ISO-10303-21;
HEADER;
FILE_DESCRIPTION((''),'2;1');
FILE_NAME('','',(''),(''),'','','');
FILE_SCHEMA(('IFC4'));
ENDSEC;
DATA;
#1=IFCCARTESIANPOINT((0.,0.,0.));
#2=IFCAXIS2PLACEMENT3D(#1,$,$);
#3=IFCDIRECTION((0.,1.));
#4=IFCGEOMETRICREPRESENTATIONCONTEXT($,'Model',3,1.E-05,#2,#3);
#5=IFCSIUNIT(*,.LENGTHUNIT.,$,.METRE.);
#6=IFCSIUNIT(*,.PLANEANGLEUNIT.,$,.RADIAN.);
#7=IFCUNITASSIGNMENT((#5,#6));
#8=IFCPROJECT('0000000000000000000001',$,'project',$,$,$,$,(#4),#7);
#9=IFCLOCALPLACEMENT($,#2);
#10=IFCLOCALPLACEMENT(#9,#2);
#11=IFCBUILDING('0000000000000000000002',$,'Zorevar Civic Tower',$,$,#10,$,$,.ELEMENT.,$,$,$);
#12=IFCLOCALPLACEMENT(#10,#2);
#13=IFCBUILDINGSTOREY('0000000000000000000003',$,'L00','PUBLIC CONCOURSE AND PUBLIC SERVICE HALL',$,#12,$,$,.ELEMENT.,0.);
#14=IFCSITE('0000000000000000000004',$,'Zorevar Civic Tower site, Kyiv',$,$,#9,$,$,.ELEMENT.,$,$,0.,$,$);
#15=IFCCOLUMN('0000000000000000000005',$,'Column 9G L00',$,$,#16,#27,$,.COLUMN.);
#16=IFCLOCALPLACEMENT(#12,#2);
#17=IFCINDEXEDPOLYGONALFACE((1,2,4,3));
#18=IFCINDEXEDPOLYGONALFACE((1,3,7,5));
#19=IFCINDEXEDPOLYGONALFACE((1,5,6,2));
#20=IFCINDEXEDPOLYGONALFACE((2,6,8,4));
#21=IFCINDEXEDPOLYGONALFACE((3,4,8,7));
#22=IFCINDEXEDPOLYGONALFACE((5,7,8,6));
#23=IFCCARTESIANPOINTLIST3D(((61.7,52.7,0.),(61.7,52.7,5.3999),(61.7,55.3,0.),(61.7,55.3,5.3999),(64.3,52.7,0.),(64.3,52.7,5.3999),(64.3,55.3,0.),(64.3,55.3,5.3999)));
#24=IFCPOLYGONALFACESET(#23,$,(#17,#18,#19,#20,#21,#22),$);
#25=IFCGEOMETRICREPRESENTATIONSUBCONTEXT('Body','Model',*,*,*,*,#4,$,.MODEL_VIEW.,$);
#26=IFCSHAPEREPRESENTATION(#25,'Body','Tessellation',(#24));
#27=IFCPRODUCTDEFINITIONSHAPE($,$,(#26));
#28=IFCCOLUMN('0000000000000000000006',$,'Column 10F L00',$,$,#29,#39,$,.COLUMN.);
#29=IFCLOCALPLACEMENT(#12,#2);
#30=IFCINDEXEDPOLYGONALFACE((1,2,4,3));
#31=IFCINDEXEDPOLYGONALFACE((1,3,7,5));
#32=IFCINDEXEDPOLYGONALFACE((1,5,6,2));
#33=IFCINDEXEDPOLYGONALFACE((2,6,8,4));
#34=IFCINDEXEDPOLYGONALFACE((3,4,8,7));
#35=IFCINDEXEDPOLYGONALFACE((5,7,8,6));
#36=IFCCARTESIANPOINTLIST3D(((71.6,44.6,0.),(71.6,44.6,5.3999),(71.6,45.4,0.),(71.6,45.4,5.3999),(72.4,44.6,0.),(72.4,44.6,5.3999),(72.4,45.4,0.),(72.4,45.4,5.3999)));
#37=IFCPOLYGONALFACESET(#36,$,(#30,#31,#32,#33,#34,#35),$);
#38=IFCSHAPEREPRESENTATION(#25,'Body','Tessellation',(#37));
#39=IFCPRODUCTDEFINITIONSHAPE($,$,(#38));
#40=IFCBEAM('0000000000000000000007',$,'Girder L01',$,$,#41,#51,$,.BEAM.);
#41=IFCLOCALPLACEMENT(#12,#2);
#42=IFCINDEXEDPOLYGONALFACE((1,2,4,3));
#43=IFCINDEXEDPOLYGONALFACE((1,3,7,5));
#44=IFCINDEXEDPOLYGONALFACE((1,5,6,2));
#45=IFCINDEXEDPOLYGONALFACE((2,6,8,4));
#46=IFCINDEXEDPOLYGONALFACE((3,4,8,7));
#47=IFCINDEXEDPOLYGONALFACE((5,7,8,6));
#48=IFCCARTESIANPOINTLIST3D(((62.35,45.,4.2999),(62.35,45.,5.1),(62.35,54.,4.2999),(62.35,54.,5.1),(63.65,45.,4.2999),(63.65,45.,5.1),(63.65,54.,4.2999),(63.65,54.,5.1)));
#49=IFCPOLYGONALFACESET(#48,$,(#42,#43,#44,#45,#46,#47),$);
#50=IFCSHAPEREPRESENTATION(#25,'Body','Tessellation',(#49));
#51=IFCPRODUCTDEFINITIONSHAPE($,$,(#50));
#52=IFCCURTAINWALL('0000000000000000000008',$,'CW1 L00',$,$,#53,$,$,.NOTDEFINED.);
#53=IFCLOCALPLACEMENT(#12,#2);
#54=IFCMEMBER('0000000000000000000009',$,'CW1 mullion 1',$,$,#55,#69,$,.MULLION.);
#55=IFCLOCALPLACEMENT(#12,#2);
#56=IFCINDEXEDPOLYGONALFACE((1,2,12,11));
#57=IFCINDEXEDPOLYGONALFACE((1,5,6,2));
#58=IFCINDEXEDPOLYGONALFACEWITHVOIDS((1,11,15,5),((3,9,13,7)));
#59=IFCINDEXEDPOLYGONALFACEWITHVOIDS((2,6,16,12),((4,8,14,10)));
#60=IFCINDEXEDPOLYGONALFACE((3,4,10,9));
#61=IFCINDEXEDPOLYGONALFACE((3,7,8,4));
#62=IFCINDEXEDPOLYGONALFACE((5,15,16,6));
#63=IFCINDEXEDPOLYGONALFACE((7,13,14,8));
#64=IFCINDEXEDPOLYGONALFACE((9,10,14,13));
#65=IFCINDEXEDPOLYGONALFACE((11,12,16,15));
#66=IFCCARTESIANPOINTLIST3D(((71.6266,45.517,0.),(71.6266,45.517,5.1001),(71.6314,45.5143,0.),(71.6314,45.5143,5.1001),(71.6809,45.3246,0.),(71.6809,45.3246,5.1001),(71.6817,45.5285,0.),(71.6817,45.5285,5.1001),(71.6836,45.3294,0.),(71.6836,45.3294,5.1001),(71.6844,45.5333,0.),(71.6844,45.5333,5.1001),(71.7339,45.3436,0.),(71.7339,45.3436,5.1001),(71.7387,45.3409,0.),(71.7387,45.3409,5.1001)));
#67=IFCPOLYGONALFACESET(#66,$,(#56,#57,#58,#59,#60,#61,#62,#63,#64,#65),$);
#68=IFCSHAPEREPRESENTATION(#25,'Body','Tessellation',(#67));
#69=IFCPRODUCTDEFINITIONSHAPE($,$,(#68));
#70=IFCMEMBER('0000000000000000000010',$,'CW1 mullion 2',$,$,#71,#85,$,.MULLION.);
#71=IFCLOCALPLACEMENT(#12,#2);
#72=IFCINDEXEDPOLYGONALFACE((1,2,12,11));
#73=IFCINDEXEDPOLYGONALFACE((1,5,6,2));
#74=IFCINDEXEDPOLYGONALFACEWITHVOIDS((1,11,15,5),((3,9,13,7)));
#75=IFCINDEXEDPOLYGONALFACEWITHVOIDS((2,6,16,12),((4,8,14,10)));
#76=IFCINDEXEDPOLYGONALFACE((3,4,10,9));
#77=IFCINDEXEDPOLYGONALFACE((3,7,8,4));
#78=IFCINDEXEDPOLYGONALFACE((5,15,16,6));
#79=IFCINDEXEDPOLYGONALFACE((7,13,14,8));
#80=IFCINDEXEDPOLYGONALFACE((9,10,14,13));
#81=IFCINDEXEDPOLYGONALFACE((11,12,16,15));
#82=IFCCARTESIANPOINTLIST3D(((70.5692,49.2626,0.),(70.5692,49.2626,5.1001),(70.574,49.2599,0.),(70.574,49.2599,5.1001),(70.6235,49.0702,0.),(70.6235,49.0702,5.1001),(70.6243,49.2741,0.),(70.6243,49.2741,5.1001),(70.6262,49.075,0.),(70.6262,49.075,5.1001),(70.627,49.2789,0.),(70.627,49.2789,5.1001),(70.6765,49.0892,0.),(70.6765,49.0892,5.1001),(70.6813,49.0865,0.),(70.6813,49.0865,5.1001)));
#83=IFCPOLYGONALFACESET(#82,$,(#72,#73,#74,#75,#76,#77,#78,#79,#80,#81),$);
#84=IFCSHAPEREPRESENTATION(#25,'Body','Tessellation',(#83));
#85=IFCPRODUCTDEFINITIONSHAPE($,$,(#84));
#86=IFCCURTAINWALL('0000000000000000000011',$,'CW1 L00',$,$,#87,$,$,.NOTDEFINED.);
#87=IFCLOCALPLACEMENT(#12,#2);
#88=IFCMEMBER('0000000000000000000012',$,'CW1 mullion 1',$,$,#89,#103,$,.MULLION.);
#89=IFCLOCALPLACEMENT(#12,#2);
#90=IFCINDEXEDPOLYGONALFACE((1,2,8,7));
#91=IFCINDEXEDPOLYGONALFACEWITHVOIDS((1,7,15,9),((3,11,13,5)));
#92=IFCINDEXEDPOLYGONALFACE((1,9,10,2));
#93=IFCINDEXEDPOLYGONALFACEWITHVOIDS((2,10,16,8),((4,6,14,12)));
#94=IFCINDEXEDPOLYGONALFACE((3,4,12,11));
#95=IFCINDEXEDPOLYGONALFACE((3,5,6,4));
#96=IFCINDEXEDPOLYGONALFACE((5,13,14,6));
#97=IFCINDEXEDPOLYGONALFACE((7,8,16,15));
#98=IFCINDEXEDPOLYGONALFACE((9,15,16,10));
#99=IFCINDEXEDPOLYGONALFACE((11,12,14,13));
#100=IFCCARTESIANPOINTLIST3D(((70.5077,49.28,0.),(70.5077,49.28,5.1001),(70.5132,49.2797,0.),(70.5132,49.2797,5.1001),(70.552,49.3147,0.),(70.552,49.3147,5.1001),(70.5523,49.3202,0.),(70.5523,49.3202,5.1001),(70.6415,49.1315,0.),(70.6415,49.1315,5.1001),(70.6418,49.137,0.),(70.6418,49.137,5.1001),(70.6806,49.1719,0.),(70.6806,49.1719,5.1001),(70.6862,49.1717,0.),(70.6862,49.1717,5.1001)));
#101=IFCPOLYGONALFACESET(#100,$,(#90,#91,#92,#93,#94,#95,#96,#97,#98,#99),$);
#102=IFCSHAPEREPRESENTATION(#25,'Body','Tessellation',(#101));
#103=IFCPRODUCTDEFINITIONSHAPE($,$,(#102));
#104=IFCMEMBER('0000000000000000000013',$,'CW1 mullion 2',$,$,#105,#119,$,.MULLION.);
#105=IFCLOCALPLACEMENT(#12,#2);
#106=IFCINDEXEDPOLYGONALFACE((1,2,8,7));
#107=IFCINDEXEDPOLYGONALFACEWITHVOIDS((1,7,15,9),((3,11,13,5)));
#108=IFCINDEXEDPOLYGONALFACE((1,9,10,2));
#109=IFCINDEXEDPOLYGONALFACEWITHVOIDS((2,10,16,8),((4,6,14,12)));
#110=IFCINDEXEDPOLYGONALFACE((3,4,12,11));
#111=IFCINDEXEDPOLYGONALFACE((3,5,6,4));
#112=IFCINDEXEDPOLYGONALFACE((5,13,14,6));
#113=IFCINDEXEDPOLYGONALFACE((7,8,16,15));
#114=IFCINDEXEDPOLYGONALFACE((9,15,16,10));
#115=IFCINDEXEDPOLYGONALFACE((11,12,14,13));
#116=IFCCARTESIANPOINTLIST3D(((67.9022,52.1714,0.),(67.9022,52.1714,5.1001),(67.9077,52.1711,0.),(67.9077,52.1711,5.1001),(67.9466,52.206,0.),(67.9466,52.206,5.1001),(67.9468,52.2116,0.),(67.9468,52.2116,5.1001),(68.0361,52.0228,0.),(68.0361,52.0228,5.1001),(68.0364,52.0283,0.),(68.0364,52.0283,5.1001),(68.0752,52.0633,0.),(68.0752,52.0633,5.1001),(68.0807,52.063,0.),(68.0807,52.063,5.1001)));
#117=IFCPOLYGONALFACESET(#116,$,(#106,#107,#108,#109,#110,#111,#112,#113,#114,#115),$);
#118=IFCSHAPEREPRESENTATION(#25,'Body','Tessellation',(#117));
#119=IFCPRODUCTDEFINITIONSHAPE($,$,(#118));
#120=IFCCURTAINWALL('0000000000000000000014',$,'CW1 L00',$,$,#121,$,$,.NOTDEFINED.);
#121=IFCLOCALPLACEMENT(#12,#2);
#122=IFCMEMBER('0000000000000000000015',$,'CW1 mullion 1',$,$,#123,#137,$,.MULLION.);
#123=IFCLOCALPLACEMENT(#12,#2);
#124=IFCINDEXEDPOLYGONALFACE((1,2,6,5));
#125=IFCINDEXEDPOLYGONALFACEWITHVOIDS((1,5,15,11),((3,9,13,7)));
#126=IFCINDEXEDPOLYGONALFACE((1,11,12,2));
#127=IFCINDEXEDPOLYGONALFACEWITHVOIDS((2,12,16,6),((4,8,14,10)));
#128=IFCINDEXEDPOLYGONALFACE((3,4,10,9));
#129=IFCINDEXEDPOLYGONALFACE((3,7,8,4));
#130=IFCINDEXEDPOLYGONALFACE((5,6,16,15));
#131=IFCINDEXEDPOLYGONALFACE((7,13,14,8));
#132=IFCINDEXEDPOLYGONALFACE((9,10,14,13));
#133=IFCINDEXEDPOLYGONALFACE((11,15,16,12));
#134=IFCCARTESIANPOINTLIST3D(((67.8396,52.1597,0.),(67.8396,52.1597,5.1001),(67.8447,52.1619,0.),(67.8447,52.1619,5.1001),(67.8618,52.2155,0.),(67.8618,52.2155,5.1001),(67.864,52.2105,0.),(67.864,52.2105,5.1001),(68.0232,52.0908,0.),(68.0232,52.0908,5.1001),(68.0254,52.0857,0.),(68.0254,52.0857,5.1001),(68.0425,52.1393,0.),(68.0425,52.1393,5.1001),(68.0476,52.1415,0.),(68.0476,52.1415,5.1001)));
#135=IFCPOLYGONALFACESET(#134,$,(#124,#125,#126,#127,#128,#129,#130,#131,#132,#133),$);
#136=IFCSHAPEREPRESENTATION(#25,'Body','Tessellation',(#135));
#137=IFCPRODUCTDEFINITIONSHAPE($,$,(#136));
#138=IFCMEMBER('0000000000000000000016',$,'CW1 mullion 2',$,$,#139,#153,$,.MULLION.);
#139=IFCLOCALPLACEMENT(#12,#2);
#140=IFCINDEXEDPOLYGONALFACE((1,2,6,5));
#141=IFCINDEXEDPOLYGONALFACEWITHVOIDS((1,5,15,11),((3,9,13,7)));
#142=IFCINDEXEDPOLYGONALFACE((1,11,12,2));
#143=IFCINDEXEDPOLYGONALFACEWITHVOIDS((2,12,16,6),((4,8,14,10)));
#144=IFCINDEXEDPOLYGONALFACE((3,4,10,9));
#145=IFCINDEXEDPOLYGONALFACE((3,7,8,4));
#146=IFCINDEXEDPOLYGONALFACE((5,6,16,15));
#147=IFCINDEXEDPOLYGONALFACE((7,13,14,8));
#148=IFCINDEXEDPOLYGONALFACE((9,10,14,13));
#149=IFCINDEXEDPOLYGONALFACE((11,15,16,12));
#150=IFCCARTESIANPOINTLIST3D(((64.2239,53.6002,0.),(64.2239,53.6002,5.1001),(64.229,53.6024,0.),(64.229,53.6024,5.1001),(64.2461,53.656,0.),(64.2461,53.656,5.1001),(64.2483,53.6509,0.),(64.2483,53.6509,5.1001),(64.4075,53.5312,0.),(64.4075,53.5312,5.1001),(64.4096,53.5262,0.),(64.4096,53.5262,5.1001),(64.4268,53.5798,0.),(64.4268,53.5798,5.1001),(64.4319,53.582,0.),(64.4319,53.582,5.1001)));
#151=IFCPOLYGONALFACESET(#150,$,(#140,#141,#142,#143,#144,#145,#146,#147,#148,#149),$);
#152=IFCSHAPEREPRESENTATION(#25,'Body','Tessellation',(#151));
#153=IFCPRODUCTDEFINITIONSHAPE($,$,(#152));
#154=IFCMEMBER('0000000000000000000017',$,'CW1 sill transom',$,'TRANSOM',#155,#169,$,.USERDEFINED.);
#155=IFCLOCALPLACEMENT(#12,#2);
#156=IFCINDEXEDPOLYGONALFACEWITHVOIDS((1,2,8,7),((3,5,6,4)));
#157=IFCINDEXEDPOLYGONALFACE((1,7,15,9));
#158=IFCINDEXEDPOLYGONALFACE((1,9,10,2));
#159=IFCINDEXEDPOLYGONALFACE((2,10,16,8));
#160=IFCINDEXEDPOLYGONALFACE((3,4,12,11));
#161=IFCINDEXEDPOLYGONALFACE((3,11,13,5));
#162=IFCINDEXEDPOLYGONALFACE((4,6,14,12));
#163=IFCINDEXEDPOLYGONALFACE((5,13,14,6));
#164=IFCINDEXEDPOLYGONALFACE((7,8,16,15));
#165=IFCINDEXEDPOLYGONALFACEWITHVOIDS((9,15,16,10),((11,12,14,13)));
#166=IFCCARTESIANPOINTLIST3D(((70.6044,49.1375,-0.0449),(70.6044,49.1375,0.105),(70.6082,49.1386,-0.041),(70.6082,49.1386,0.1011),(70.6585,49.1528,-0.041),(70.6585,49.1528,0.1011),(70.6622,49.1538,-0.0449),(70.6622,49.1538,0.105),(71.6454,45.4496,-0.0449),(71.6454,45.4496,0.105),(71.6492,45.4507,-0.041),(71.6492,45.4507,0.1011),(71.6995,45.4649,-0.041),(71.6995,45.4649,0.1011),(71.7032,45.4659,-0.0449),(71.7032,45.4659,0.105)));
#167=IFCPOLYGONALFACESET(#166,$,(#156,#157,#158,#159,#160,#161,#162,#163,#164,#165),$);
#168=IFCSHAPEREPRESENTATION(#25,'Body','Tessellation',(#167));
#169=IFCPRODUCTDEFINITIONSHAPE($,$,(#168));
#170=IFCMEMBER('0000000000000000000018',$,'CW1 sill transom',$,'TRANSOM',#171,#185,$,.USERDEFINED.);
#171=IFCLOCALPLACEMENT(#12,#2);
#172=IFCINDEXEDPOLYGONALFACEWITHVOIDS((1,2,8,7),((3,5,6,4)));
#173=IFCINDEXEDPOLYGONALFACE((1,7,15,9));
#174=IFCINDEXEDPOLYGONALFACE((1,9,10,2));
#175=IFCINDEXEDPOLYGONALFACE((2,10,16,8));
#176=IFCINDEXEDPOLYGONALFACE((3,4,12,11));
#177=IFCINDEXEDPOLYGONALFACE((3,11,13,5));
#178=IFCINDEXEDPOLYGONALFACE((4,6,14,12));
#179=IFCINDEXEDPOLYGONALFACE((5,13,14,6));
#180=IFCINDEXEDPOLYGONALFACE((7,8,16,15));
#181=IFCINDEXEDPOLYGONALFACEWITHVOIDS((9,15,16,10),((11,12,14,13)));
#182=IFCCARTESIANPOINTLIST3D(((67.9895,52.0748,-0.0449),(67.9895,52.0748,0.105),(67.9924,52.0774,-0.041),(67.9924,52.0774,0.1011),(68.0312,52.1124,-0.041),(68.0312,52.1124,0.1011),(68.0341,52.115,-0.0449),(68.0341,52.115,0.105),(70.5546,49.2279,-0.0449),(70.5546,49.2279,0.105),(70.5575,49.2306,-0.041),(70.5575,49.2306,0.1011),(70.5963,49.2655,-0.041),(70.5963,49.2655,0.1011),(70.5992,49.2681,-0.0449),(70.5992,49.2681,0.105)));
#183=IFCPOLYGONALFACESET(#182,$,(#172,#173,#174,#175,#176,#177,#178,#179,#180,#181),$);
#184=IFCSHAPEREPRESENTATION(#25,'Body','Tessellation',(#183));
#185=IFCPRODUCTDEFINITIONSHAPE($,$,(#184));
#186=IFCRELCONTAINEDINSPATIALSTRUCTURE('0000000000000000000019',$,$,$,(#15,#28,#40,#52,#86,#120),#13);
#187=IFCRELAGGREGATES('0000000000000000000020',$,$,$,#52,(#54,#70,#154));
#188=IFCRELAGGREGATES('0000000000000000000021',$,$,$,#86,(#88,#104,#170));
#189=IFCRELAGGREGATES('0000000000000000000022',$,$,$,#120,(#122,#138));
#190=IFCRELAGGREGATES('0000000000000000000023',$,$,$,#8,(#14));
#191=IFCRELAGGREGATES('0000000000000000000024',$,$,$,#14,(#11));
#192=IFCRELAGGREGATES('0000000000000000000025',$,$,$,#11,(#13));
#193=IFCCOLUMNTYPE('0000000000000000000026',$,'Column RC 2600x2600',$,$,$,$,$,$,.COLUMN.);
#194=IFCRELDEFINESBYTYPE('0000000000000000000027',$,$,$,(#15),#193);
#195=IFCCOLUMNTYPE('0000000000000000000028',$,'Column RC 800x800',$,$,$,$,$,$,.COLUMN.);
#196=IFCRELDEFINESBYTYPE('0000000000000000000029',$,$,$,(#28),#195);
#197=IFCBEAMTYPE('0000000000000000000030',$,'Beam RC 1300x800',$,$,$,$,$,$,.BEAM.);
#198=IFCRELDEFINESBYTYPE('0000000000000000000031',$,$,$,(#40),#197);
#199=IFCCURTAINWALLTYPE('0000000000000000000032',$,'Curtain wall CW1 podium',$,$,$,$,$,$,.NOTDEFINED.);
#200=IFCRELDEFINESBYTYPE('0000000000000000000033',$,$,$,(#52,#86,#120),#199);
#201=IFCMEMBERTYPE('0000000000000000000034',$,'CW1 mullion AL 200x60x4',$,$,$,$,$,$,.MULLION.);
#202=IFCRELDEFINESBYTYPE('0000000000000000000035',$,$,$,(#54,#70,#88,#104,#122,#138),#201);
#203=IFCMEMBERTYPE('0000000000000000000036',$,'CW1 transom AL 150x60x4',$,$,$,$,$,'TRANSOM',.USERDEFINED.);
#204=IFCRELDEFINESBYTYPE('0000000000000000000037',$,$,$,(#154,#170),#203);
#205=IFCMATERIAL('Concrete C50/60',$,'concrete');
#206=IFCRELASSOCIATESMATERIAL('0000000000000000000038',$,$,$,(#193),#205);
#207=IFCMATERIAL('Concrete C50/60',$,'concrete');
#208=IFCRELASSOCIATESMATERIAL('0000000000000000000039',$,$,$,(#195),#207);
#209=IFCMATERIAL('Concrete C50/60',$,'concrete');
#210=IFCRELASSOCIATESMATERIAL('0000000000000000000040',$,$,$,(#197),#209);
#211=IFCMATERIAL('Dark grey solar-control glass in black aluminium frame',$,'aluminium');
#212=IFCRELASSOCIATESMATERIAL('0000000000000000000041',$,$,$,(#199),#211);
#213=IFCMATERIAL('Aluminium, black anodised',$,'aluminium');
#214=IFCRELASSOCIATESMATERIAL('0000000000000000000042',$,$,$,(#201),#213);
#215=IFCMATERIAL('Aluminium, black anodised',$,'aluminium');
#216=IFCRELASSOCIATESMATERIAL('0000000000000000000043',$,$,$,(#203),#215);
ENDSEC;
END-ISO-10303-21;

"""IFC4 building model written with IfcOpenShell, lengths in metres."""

from ifc_helpers import new_model, si_unit, direction, frame, origin, origin_2d, place, context, subcontext, project, spatial, rectangle, hollow_rectangle, extrude, material, material_profile, profile_set, type_object, element, aggregate, save


model = new_model("IFC4")

# Units and contexts
model_context = context("Model", 3, precision=1e-05, world=origin(), true_north=direction((0.0, 1.0)))
body_context = subcontext(model_context, "Body", "Model", "MODEL_VIEW")
ifc_project = project(units=[si_unit("LENGTHUNIT", "METRE"), si_unit("PLANEANGLEUNIT", "RADIAN")], contexts=[model_context])

# Site, building, storey
site_placement = place(None, origin())
site = spatial("IfcSite", under=ifc_project, at=site_placement, Name="Zorevar Civic Tower site, Kyiv", CompositionType="ELEMENT", RefElevation=0.0)
building_placement = place(site_placement, origin())
building = spatial("IfcBuilding", under=site, at=building_placement, Name="Zorevar Civic Tower", CompositionType="ELEMENT")
storey_placement = place(building_placement, origin())
storey = spatial("IfcBuildingStorey", under=building, at=storey_placement, Name="L00", Description="PUBLIC CONCOURSE AND PUBLIC SERVICE HALL", CompositionType="ELEMENT", Elevation=0.0)

# Columns
ifc_material_1 = material(Name="Concrete C50/60", Category="concrete")
ifc_material_profile_1 = material_profile(ifc_material_1, rectangle(XDim=2.6001, YDim=2.6001, at=origin_2d()), Name="RC 2600x2600")
ifc_profile_set_1 = profile_set([ifc_material_profile_1], Name="Concrete C50/60")
column_type_1 = type_object("IfcColumnType", Name="Column RC 2600x2600", PredefinedType="COLUMN", material=ifc_profile_set_1)
column_1_placement = place(storey_placement, frame((63.0, 54.0, 0.0), z_axis=(0.0, 0.0, 1.0), x_axis=(1.0, 0.0, 0.0)))
element("IfcColumn", 1, at=column_1_placement, inside=storey, type_object=column_type_1, Name="Column 9G L00", PredefinedType="COLUMN", context=body_context, shape_type="SweptSolid", body=[
    extrude(rectangle(XDim=2.6001, YDim=2.6001, at=origin_2d()), origin(), (0.0, 0.0, 1.0), 5.3999),
])
ifc_material_2 = material(Name="Concrete C50/60", Category="concrete")
ifc_material_profile_2 = material_profile(ifc_material_2, rectangle(XDim=0.8, YDim=0.8, at=origin_2d()), Name="RC 800x800")
ifc_profile_set_2 = profile_set([ifc_material_profile_2], Name="Concrete C50/60")
column_type_2 = type_object("IfcColumnType", Name="Column RC 800x800", PredefinedType="COLUMN", material=ifc_profile_set_2)
column_2_placement = place(storey_placement, frame((72.0, 45.0, 0.0), z_axis=(0.0, 0.0, 1.0), x_axis=(1.0, 0.0, 0.0)))
element("IfcColumn", 2, at=column_2_placement, inside=storey, type_object=column_type_2, Name="Column 10F L00", PredefinedType="COLUMN", context=body_context, shape_type="SweptSolid", body=[
    extrude(rectangle(XDim=0.8, YDim=0.8, at=origin_2d()), origin(), (0.0, 0.0, 1.0), 5.3999),
])

# Beam
ifc_material_3 = material(Name="Concrete C50/60", Category="concrete")
ifc_material_profile_3 = material_profile(ifc_material_3, rectangle(XDim=1.3, YDim=0.8, at=origin_2d()), Name="RC 1300x800")
ifc_profile_set_3 = profile_set([ifc_material_profile_3], Name="Concrete C50/60")
beam_type_1 = type_object("IfcBeamType", Name="Beam RC 1300x800", PredefinedType="BEAM", material=ifc_profile_set_3)
beam_1_placement = place(storey_placement, frame((63.0, 45.0, 4.7), z_axis=(0.0, 1.0, 0.0), x_axis=(-1.0, 0.0, 0.0)))
element("IfcBeam", 3, at=beam_1_placement, inside=storey, type_object=beam_type_1, Name="Girder L01", PredefinedType="BEAM", context=body_context, shape_type="SweptSolid", body=[
    extrude(rectangle(XDim=1.3, YDim=0.8, at=origin_2d()), origin(), (0.0, 0.0, 1.0), 9.0),
])

# Curtain walls, members
ifc_material_4 = material(Name="Dark grey solar-control glass in black aluminium frame", Category="aluminium")
curtain_wall_type = type_object("IfcCurtainWallType", Name="Curtain wall CW1 podium", PredefinedType="NOTDEFINED", material=ifc_material_4)
curtain_wall_1_placement = place(storey_placement, origin())
curtain_wall_1 = element("IfcCurtainWall", 4, at=curtain_wall_1_placement, inside=storey, type_object=curtain_wall_type, Name="CW1 L00", PredefinedType="NOTDEFINED")
ifc_material_5 = material(Name="Aluminium, black anodised", Category="aluminium")
ifc_material_profile_4 = material_profile(ifc_material_5, hollow_rectangle(XDim=0.0601, YDim=0.2, WallThickness=0.0039, at=origin_2d()), Name="AL 200x60x4")
ifc_profile_set_4 = profile_set([ifc_material_profile_4], Name="Aluminium, black anodised")
member_type_1 = type_object("IfcMemberType", Name="CW1 mullion AL 200x60x4", PredefinedType="MULLION", material=ifc_profile_set_4)
member_1_placement = place(storey_placement, frame((71.6826, 45.429, 0.0), z_axis=(0.0, 0.0, 1.0), x_axis=(-0.962391, -0.271669, 0.0)))
member_1 = element("IfcMember", 5, at=member_1_placement, type_object=member_type_1, Name="CW1 mullion 1", PredefinedType="MULLION", context=body_context, shape_type="SweptSolid", body=[
    extrude(hollow_rectangle(XDim=0.0601, YDim=0.2, WallThickness=0.0039, at=origin_2d()), origin(), (0.0, 0.0, 1.0), 5.1001),
])
member_2_placement = place(storey_placement, frame((70.6252, 49.1746, 0.0), z_axis=(0.0, 0.0, 1.0), x_axis=(-0.962391, -0.271669, 0.0)))
member_2 = element("IfcMember", 6, at=member_2_placement, type_object=member_type_1, Name="CW1 mullion 2", PredefinedType="MULLION", context=body_context, shape_type="SweptSolid", body=[
    extrude(hollow_rectangle(XDim=0.0601, YDim=0.2, WallThickness=0.0039, at=origin_2d()), origin(), (0.0, 0.0, 1.0), 5.1001),
])
curtain_wall_2_placement = place(storey_placement, origin())
curtain_wall_2 = element("IfcCurtainWall", 7, at=curtain_wall_2_placement, inside=storey, type_object=curtain_wall_type, Name="CW1 L00", PredefinedType="NOTDEFINED")
member_3_placement = place(storey_placement, frame((70.5969, 49.2258, 0.0), z_axis=(0.0, 0.0, 1.0), x_axis=(-0.7429, -0.669403, 0.0)))
member_3 = element("IfcMember", 8, at=member_3_placement, type_object=member_type_1, Name="CW1 mullion 1", PredefinedType="MULLION", context=body_context, shape_type="SweptSolid", body=[
    extrude(hollow_rectangle(XDim=0.0601, YDim=0.2, WallThickness=0.0039, at=origin_2d()), origin(), (0.0, 0.0, 1.0), 5.1001),
])
member_4_placement = place(storey_placement, frame((67.9915, 52.1172, 0.0), z_axis=(0.0, 0.0, 1.0), x_axis=(-0.7429, -0.669403, 0.0)))
member_4 = element("IfcMember", 9, at=member_4_placement, type_object=member_type_1, Name="CW1 mullion 2", PredefinedType="MULLION", context=body_context, shape_type="SweptSolid", body=[
    extrude(hollow_rectangle(XDim=0.0601, YDim=0.2, WallThickness=0.0039, at=origin_2d()), origin(), (0.0, 0.0, 1.0), 5.1001),
])
curtain_wall_3_placement = place(storey_placement, origin())
curtain_wall_3 = element("IfcCurtainWall", 10, at=curtain_wall_3_placement, inside=storey, type_object=curtain_wall_type, Name="CW1 L00", PredefinedType="NOTDEFINED")
member_5_placement = place(storey_placement, frame((67.9436, 52.1506, 0.0), z_axis=(0.0, 0.0, 1.0), x_axis=(-0.370111, -0.928988, 0.0)))
member_5 = element("IfcMember", 11, at=member_5_placement, type_object=member_type_1, Name="CW1 mullion 1", PredefinedType="MULLION", context=body_context, shape_type="SweptSolid", body=[
    extrude(hollow_rectangle(XDim=0.0601, YDim=0.2, WallThickness=0.0039, at=origin_2d()), origin(), (0.0, 0.0, 1.0), 5.1001),
])
member_6_placement = place(storey_placement, frame((64.3279, 53.5911, 0.0), z_axis=(0.0, 0.0, 1.0), x_axis=(-0.370111, -0.928988, 0.0)))
member_6 = element("IfcMember", 12, at=member_6_placement, type_object=member_type_1, Name="CW1 mullion 2", PredefinedType="MULLION", context=body_context, shape_type="SweptSolid", body=[
    extrude(hollow_rectangle(XDim=0.0601, YDim=0.2, WallThickness=0.0039, at=origin_2d()), origin(), (0.0, 0.0, 1.0), 5.1001),
])

# Members
ifc_material_6 = material(Name="Aluminium, black anodised", Category="aluminium")
ifc_material_profile_5 = material_profile(ifc_material_6, hollow_rectangle(XDim=0.0601, YDim=0.1499, WallThickness=0.0039, at=origin_2d()), Name="AL 150x60x4")
ifc_profile_set_5 = profile_set([ifc_material_profile_5], Name="Aluminium, black anodised")
member_type_2 = type_object("IfcMemberType", Name="CW1 transom AL 150x60x4", ElementType="TRANSOM", PredefinedType="USERDEFINED", material=ifc_profile_set_5)
member_7_placement = place(storey_placement, frame((71.6743, 45.4578, 0.03), z_axis=(-0.271657, 0.962394, 0.0), x_axis=(-0.962394, -0.271657, 0.0)))
member_7 = element("IfcMember", 13, at=member_7_placement, type_object=member_type_2, Name="CW1 sill transom", ObjectType="TRANSOM", PredefinedType="USERDEFINED", context=body_context, shape_type="SweptSolid", body=[
    extrude(hollow_rectangle(XDim=0.0601, YDim=0.1499, WallThickness=0.0039, at=origin_2d()), origin(), (0.0, 0.0, 1.0), 3.832),
])
member_8_placement = place(storey_placement, frame((70.5769, 49.248, 0.03), z_axis=(-0.669391, 0.742911, 0.0), x_axis=(-0.742911, -0.669391, 0.0)))
member_8 = element("IfcMember", 14, at=member_8_placement, type_object=member_type_2, Name="CW1 sill transom", ObjectType="TRANSOM", PredefinedType="USERDEFINED", context=body_context, shape_type="SweptSolid", body=[
    extrude(hollow_rectangle(XDim=0.0601, YDim=0.1499, WallThickness=0.0039, at=origin_2d()), origin(), (0.0, 0.0, 1.0), 3.832),
])

aggregate(curtain_wall_1, [member_1, member_2, member_7])
aggregate(curtain_wall_2, [member_3, member_4, member_8])
aggregate(curtain_wall_3, [member_5, member_6])

save(model, "model.ifc")
